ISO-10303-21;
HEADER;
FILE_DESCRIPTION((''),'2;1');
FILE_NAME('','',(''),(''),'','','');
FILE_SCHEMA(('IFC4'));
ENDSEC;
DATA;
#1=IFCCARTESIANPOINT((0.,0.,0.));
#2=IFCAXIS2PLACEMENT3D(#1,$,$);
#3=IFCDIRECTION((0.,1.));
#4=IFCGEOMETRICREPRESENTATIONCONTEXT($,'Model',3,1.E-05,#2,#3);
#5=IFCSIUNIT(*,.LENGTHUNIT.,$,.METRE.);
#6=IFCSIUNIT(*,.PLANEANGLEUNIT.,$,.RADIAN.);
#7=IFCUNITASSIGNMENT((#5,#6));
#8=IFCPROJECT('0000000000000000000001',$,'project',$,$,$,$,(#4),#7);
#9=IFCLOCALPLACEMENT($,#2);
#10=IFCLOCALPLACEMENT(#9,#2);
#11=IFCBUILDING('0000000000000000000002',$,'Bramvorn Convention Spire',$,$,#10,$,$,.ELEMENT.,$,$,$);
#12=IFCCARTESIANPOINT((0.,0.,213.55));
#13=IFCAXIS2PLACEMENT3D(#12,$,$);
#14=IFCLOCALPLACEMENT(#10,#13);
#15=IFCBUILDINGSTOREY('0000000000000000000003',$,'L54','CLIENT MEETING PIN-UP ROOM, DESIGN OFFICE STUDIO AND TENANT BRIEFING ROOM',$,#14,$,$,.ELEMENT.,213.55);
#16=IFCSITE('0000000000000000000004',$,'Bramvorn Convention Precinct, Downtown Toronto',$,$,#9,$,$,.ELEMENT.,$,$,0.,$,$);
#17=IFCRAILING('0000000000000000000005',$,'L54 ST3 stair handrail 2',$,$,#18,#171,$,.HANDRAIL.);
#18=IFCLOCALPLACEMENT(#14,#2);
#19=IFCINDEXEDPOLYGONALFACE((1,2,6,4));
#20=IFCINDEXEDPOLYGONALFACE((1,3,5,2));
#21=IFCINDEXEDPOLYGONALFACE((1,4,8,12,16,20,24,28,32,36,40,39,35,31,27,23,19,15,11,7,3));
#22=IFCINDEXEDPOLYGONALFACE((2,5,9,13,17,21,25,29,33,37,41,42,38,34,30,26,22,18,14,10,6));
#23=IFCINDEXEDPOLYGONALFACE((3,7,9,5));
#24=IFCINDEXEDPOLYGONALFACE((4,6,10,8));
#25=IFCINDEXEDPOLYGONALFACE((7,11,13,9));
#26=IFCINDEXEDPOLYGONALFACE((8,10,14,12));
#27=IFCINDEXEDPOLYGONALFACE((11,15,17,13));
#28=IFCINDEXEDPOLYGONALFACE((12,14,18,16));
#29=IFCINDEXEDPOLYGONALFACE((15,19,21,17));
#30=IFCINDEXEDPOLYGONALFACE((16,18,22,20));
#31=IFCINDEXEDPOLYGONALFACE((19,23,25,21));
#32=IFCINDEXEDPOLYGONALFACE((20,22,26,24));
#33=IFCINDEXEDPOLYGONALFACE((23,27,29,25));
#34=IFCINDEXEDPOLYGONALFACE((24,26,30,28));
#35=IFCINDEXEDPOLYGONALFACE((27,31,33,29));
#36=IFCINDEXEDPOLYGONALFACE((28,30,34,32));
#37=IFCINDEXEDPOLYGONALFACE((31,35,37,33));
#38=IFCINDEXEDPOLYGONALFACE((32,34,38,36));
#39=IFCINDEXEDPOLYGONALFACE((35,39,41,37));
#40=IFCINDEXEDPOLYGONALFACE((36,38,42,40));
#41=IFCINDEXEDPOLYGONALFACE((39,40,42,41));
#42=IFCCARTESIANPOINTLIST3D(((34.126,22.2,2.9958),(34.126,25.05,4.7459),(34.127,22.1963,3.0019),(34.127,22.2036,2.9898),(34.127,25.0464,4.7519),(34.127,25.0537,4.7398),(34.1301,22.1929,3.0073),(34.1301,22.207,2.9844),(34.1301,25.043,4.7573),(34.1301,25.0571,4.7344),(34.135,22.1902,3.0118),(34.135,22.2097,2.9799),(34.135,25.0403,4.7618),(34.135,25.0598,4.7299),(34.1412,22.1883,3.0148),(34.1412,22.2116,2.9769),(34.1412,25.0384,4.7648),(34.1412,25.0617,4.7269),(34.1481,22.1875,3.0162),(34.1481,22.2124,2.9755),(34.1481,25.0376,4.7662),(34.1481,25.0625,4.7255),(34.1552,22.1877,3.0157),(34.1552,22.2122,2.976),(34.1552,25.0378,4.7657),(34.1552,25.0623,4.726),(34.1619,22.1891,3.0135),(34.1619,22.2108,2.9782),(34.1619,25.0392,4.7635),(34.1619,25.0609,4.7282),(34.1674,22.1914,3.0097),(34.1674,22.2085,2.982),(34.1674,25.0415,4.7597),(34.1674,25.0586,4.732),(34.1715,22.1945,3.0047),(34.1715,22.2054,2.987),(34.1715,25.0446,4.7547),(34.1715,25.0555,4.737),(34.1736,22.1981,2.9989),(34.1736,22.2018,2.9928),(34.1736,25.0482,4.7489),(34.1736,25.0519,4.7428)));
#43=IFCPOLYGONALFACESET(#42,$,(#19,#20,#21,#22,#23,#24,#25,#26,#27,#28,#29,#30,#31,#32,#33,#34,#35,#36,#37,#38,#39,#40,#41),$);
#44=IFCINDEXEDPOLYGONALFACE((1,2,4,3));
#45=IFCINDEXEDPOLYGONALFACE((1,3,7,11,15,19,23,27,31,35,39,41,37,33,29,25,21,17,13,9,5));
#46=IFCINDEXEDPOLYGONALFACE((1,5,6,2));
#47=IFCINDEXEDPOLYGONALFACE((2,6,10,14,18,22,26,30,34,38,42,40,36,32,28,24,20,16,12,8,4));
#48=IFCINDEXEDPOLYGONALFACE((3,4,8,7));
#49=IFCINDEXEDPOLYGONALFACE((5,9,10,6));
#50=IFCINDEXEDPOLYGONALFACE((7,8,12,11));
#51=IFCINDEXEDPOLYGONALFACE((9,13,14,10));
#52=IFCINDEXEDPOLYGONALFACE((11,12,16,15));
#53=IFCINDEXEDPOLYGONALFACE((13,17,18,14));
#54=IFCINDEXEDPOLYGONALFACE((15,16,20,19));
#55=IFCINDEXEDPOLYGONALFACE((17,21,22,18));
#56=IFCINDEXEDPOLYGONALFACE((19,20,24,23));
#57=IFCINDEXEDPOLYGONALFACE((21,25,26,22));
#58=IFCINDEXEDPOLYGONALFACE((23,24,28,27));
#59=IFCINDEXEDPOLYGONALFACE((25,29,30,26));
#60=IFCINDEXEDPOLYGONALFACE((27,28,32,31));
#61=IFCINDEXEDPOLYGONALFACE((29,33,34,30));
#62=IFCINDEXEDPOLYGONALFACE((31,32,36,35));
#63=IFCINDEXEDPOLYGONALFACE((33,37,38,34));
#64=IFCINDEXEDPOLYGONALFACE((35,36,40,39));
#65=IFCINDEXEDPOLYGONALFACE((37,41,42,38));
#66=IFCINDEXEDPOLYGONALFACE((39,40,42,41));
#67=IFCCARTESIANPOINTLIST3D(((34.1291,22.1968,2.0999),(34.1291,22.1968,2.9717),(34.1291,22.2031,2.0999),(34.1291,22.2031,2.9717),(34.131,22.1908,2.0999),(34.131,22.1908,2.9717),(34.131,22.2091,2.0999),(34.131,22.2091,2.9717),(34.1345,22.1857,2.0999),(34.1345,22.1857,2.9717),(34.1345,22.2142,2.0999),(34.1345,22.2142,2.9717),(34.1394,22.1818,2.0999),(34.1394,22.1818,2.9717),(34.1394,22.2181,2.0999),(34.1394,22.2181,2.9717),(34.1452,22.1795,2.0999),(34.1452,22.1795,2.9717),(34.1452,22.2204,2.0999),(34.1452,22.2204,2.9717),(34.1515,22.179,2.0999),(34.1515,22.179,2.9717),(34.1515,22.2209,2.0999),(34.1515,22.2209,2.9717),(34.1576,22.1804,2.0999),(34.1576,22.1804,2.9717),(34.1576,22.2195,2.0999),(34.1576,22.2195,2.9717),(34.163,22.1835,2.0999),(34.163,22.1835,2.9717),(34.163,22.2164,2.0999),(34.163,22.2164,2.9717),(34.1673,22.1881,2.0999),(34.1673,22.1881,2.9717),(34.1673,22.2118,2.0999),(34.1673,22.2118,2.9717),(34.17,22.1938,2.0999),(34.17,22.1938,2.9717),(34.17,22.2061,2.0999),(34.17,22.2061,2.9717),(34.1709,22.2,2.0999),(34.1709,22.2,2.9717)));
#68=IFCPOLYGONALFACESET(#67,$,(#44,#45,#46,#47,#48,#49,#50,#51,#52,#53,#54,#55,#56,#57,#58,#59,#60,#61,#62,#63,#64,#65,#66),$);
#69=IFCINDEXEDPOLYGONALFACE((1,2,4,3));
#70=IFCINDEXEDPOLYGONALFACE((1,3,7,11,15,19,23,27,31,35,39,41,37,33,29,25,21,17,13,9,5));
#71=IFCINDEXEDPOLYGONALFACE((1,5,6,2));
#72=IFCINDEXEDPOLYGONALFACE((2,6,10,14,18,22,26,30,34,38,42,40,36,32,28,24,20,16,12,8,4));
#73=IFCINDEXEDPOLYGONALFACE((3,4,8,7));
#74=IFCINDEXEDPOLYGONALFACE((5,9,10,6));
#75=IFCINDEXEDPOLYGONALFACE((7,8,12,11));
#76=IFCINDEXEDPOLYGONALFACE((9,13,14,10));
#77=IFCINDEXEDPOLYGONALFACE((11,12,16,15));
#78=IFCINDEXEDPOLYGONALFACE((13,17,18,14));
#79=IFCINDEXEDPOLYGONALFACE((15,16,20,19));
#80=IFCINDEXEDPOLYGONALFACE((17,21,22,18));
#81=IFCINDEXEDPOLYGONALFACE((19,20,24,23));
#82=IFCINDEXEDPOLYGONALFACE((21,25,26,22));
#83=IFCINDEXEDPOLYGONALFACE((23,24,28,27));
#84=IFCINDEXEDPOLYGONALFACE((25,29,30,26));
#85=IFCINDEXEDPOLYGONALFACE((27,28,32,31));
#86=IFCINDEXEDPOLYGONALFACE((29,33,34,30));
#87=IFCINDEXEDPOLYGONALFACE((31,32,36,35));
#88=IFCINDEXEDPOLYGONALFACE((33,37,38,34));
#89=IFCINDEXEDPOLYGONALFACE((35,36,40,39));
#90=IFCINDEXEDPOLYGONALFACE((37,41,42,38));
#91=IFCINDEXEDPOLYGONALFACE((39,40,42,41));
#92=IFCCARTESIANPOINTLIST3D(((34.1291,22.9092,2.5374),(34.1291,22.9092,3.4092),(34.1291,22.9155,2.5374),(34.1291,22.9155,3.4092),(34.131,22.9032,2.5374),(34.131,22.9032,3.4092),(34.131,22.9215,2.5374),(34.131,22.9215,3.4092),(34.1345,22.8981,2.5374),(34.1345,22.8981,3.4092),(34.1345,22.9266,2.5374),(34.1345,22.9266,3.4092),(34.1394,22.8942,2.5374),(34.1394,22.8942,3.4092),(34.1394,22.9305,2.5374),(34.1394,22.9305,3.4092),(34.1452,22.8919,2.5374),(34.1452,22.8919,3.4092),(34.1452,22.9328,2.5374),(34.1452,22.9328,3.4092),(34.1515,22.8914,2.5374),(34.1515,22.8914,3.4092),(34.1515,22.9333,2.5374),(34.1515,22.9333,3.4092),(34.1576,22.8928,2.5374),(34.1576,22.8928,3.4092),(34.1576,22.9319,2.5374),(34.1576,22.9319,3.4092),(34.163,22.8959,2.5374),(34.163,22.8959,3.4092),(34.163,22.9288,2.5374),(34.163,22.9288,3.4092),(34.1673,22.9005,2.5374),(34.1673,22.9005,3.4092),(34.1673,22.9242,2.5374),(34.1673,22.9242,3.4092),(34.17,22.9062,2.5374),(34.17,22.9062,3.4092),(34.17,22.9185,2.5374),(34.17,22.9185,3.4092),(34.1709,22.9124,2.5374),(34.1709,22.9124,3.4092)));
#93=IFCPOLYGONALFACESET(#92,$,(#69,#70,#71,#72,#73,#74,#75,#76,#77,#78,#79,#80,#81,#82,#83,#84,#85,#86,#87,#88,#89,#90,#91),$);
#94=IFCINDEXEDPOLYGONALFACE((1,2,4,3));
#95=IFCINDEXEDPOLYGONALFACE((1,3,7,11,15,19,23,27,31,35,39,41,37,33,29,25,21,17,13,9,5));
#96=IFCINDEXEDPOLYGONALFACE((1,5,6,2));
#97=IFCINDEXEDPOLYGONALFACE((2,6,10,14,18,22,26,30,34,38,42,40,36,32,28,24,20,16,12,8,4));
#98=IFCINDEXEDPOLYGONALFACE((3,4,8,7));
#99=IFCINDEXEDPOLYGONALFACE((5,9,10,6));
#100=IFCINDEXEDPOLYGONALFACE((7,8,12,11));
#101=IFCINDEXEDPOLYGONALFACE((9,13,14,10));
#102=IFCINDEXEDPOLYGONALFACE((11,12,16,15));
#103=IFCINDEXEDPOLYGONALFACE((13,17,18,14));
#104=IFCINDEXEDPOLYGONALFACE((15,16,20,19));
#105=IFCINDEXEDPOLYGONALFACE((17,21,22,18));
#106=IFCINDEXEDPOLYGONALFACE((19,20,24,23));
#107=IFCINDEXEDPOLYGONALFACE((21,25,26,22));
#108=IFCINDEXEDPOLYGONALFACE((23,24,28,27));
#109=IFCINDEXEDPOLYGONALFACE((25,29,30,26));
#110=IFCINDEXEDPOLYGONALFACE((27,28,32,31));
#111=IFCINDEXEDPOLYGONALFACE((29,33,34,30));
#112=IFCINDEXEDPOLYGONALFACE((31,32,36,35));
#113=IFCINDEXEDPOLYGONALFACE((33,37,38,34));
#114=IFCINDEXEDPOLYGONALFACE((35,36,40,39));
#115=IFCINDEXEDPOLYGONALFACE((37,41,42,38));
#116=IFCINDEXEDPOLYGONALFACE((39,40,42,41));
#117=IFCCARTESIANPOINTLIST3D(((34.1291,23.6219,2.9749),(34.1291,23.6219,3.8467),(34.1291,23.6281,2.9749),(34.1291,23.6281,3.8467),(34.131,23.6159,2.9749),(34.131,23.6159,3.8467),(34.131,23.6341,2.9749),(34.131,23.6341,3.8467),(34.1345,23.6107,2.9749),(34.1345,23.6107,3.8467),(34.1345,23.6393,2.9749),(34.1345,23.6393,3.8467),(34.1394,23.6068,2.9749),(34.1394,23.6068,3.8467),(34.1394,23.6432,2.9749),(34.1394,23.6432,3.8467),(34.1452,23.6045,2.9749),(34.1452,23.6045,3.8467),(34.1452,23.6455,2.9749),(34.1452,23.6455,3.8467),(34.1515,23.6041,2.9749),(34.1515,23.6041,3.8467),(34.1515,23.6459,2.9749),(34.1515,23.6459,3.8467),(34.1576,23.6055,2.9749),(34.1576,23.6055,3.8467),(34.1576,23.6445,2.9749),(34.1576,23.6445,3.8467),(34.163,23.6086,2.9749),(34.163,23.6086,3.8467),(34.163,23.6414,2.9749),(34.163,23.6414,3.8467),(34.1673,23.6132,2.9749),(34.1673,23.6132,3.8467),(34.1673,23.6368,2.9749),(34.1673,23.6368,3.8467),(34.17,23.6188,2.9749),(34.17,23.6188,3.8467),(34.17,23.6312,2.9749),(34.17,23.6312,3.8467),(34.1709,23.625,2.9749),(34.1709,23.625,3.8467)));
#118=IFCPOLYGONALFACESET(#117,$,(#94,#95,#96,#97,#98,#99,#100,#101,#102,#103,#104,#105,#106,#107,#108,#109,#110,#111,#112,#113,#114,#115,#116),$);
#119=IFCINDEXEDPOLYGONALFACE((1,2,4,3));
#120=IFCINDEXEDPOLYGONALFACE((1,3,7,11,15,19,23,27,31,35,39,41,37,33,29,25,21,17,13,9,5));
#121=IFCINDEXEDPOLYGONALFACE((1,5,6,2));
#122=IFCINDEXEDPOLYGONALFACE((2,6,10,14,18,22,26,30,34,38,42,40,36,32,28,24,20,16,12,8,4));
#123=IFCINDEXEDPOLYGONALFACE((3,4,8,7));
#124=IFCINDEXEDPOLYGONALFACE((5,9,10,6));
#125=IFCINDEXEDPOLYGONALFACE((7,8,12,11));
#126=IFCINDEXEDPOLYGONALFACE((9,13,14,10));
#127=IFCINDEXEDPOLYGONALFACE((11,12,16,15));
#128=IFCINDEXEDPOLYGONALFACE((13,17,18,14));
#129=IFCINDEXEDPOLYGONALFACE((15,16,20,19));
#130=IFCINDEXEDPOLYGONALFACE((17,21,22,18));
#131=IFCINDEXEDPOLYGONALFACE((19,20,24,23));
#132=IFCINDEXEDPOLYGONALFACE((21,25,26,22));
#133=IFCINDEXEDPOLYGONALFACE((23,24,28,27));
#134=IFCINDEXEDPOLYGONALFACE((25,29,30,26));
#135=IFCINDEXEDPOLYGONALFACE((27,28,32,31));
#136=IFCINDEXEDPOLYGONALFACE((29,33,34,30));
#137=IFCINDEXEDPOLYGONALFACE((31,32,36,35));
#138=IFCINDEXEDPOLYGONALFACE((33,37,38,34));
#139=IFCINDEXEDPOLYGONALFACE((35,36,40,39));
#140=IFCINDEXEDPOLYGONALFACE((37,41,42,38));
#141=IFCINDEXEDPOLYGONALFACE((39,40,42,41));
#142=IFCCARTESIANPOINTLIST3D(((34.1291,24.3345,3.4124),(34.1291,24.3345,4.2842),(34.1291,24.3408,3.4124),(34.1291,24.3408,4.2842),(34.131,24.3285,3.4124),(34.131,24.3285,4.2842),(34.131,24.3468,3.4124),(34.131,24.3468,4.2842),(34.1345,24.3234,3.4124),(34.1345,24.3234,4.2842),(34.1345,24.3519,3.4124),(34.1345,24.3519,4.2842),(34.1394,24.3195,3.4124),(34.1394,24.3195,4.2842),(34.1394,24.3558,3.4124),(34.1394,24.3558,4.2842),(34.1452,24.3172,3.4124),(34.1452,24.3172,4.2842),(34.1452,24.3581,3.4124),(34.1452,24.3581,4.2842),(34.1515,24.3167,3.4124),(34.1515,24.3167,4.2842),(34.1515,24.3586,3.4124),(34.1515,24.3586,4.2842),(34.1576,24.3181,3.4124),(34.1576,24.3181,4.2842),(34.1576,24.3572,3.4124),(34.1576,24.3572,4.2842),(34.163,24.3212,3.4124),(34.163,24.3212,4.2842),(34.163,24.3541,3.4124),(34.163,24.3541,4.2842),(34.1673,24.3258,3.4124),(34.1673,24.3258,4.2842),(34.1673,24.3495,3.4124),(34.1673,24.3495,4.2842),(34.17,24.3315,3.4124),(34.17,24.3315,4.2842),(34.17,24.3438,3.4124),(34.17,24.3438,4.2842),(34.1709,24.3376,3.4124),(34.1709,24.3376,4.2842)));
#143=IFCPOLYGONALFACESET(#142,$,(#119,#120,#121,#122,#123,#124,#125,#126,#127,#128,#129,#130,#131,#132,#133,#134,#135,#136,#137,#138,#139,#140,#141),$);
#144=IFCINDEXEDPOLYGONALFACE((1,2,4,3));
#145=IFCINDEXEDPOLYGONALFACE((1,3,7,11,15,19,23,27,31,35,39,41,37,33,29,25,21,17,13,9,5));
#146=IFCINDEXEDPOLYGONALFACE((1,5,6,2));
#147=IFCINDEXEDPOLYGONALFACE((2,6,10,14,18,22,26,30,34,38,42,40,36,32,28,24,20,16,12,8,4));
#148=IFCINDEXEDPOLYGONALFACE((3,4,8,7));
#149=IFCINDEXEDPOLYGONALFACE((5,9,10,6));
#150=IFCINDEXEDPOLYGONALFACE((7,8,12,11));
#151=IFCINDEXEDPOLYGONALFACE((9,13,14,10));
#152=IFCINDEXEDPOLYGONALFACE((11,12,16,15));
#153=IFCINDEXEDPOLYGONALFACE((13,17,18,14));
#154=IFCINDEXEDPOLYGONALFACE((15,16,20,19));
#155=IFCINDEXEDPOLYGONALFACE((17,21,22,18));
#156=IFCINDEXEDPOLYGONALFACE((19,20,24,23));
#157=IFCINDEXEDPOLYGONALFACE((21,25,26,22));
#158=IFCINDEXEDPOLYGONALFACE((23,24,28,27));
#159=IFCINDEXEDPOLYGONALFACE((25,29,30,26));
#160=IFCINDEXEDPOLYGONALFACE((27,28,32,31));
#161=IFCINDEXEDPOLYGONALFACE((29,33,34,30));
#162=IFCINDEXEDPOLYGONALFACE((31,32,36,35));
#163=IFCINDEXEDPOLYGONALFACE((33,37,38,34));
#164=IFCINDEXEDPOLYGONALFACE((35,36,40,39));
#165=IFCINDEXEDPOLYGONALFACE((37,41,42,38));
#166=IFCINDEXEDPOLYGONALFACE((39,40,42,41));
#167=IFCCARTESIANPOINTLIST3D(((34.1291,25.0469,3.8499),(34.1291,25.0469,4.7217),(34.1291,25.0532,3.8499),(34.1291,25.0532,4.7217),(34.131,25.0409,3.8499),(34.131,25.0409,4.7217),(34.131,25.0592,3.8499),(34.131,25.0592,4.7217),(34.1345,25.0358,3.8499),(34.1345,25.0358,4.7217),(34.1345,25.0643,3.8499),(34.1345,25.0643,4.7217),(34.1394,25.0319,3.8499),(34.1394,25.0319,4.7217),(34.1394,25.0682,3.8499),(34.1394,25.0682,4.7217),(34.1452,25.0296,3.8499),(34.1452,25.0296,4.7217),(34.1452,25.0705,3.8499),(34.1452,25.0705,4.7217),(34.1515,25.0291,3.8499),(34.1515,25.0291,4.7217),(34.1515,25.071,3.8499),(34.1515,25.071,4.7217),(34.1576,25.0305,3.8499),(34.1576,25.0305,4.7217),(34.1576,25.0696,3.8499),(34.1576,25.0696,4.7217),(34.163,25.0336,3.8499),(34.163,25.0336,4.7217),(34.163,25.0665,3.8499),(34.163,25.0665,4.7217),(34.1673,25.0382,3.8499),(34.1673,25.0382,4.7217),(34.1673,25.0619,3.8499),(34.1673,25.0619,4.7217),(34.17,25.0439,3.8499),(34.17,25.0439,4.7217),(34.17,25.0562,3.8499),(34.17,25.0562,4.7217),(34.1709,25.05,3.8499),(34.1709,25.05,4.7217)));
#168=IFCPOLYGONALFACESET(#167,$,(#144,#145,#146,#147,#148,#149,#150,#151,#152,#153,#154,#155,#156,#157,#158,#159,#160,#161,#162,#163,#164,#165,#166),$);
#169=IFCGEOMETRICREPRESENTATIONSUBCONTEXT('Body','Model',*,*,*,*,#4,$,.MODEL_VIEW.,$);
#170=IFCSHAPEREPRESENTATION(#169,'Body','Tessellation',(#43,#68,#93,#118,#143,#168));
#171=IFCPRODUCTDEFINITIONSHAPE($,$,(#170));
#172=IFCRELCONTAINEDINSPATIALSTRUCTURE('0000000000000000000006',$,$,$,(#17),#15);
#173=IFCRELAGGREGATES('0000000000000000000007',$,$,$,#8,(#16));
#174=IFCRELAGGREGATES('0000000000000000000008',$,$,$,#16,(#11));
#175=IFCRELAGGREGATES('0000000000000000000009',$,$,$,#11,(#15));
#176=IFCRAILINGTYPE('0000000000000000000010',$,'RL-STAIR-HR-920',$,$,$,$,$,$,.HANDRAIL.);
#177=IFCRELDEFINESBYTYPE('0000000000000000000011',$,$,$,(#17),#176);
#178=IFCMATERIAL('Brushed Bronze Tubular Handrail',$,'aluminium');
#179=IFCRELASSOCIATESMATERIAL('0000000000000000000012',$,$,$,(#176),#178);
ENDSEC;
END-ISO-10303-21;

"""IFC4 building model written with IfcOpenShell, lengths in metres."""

from ifc_helpers import new_model, si_unit, direction, frame, origin, origin_2d, place, context, subcontext, project, spatial, circle, extrude, material, type_object, element, save


model = new_model("IFC4")

# Units and contexts
model_context = context("Model", 3, precision=1e-05, world=origin(), true_north=direction((0.0, 1.0)))
body_context = subcontext(model_context, "Body", "Model", "MODEL_VIEW")
ifc_project = project(units=[si_unit("LENGTHUNIT", "METRE"), si_unit("PLANEANGLEUNIT", "RADIAN")], contexts=[model_context])

# Site, building, storey
site_placement = place(None, origin())
site = spatial("IfcSite", under=ifc_project, at=site_placement, Name="Bramvorn Convention Precinct, Downtown Toronto", CompositionType="ELEMENT", RefElevation=0.0)
building_placement = place(site_placement, origin())
building = spatial("IfcBuilding", under=site, at=building_placement, Name="Bramvorn Convention Spire", CompositionType="ELEMENT")
storey_placement = place(building_placement, frame((0.0, 0.0, 213.55)))
storey = spatial("IfcBuildingStorey", under=building, at=storey_placement, Name="L54", Description="CLIENT MEETING PIN-UP ROOM, DESIGN OFFICE STUDIO AND TENANT BRIEFING ROOM", CompositionType="ELEMENT", Elevation=213.55)

# Railing
ifc_material_1 = material(Name="Brushed Bronze Tubular Handrail", Category="aluminium")
railing_type_1 = type_object("IfcRailingType", Name="RL-STAIR-HR-920", PredefinedType="HANDRAIL", material=ifc_material_1)
railing_1_placement = place(storey_placement, frame((34.1499, 22.2, 2.0999)))
element("IfcRailing", 1, at=railing_1_placement, inside=storey, type_object=railing_type_1, Name="L54 ST3 stair handrail 2", PredefinedType="HANDRAIL", context=body_context, shape_type="SweptSolid", body=[
    extrude(circle(Radius=0.0239, at=origin_2d()), frame((0.0, 0.0, 0.896), z_axis=(0.0, 0.852179, 0.52325), x_axis=(-1.0, 0.0, 0.0)), (0.0, 0.0, 1.0), 3.3445),
    extrude(circle(Radius=0.021, at=origin_2d()), origin(), (0.0, 0.0, 1.0), 0.8718),
    extrude(circle(Radius=0.021, at=origin_2d()), frame((0.0, 0.7124, 0.4375)), (0.0, 0.0, 1.0), 0.8718),
    extrude(circle(Radius=0.021, at=origin_2d()), frame((0.0, 1.425, 0.875)), (0.0, 0.0, 1.0), 0.8718),
    extrude(circle(Radius=0.021, at=origin_2d()), frame((0.0, 2.1377, 1.3125)), (0.0, 0.0, 1.0), 0.8718),
    extrude(circle(Radius=0.021, at=origin_2d()), frame((0.0, 2.8501, 1.75)), (0.0, 0.0, 1.0), 0.8718),
])

save(model, "model.ifc")
